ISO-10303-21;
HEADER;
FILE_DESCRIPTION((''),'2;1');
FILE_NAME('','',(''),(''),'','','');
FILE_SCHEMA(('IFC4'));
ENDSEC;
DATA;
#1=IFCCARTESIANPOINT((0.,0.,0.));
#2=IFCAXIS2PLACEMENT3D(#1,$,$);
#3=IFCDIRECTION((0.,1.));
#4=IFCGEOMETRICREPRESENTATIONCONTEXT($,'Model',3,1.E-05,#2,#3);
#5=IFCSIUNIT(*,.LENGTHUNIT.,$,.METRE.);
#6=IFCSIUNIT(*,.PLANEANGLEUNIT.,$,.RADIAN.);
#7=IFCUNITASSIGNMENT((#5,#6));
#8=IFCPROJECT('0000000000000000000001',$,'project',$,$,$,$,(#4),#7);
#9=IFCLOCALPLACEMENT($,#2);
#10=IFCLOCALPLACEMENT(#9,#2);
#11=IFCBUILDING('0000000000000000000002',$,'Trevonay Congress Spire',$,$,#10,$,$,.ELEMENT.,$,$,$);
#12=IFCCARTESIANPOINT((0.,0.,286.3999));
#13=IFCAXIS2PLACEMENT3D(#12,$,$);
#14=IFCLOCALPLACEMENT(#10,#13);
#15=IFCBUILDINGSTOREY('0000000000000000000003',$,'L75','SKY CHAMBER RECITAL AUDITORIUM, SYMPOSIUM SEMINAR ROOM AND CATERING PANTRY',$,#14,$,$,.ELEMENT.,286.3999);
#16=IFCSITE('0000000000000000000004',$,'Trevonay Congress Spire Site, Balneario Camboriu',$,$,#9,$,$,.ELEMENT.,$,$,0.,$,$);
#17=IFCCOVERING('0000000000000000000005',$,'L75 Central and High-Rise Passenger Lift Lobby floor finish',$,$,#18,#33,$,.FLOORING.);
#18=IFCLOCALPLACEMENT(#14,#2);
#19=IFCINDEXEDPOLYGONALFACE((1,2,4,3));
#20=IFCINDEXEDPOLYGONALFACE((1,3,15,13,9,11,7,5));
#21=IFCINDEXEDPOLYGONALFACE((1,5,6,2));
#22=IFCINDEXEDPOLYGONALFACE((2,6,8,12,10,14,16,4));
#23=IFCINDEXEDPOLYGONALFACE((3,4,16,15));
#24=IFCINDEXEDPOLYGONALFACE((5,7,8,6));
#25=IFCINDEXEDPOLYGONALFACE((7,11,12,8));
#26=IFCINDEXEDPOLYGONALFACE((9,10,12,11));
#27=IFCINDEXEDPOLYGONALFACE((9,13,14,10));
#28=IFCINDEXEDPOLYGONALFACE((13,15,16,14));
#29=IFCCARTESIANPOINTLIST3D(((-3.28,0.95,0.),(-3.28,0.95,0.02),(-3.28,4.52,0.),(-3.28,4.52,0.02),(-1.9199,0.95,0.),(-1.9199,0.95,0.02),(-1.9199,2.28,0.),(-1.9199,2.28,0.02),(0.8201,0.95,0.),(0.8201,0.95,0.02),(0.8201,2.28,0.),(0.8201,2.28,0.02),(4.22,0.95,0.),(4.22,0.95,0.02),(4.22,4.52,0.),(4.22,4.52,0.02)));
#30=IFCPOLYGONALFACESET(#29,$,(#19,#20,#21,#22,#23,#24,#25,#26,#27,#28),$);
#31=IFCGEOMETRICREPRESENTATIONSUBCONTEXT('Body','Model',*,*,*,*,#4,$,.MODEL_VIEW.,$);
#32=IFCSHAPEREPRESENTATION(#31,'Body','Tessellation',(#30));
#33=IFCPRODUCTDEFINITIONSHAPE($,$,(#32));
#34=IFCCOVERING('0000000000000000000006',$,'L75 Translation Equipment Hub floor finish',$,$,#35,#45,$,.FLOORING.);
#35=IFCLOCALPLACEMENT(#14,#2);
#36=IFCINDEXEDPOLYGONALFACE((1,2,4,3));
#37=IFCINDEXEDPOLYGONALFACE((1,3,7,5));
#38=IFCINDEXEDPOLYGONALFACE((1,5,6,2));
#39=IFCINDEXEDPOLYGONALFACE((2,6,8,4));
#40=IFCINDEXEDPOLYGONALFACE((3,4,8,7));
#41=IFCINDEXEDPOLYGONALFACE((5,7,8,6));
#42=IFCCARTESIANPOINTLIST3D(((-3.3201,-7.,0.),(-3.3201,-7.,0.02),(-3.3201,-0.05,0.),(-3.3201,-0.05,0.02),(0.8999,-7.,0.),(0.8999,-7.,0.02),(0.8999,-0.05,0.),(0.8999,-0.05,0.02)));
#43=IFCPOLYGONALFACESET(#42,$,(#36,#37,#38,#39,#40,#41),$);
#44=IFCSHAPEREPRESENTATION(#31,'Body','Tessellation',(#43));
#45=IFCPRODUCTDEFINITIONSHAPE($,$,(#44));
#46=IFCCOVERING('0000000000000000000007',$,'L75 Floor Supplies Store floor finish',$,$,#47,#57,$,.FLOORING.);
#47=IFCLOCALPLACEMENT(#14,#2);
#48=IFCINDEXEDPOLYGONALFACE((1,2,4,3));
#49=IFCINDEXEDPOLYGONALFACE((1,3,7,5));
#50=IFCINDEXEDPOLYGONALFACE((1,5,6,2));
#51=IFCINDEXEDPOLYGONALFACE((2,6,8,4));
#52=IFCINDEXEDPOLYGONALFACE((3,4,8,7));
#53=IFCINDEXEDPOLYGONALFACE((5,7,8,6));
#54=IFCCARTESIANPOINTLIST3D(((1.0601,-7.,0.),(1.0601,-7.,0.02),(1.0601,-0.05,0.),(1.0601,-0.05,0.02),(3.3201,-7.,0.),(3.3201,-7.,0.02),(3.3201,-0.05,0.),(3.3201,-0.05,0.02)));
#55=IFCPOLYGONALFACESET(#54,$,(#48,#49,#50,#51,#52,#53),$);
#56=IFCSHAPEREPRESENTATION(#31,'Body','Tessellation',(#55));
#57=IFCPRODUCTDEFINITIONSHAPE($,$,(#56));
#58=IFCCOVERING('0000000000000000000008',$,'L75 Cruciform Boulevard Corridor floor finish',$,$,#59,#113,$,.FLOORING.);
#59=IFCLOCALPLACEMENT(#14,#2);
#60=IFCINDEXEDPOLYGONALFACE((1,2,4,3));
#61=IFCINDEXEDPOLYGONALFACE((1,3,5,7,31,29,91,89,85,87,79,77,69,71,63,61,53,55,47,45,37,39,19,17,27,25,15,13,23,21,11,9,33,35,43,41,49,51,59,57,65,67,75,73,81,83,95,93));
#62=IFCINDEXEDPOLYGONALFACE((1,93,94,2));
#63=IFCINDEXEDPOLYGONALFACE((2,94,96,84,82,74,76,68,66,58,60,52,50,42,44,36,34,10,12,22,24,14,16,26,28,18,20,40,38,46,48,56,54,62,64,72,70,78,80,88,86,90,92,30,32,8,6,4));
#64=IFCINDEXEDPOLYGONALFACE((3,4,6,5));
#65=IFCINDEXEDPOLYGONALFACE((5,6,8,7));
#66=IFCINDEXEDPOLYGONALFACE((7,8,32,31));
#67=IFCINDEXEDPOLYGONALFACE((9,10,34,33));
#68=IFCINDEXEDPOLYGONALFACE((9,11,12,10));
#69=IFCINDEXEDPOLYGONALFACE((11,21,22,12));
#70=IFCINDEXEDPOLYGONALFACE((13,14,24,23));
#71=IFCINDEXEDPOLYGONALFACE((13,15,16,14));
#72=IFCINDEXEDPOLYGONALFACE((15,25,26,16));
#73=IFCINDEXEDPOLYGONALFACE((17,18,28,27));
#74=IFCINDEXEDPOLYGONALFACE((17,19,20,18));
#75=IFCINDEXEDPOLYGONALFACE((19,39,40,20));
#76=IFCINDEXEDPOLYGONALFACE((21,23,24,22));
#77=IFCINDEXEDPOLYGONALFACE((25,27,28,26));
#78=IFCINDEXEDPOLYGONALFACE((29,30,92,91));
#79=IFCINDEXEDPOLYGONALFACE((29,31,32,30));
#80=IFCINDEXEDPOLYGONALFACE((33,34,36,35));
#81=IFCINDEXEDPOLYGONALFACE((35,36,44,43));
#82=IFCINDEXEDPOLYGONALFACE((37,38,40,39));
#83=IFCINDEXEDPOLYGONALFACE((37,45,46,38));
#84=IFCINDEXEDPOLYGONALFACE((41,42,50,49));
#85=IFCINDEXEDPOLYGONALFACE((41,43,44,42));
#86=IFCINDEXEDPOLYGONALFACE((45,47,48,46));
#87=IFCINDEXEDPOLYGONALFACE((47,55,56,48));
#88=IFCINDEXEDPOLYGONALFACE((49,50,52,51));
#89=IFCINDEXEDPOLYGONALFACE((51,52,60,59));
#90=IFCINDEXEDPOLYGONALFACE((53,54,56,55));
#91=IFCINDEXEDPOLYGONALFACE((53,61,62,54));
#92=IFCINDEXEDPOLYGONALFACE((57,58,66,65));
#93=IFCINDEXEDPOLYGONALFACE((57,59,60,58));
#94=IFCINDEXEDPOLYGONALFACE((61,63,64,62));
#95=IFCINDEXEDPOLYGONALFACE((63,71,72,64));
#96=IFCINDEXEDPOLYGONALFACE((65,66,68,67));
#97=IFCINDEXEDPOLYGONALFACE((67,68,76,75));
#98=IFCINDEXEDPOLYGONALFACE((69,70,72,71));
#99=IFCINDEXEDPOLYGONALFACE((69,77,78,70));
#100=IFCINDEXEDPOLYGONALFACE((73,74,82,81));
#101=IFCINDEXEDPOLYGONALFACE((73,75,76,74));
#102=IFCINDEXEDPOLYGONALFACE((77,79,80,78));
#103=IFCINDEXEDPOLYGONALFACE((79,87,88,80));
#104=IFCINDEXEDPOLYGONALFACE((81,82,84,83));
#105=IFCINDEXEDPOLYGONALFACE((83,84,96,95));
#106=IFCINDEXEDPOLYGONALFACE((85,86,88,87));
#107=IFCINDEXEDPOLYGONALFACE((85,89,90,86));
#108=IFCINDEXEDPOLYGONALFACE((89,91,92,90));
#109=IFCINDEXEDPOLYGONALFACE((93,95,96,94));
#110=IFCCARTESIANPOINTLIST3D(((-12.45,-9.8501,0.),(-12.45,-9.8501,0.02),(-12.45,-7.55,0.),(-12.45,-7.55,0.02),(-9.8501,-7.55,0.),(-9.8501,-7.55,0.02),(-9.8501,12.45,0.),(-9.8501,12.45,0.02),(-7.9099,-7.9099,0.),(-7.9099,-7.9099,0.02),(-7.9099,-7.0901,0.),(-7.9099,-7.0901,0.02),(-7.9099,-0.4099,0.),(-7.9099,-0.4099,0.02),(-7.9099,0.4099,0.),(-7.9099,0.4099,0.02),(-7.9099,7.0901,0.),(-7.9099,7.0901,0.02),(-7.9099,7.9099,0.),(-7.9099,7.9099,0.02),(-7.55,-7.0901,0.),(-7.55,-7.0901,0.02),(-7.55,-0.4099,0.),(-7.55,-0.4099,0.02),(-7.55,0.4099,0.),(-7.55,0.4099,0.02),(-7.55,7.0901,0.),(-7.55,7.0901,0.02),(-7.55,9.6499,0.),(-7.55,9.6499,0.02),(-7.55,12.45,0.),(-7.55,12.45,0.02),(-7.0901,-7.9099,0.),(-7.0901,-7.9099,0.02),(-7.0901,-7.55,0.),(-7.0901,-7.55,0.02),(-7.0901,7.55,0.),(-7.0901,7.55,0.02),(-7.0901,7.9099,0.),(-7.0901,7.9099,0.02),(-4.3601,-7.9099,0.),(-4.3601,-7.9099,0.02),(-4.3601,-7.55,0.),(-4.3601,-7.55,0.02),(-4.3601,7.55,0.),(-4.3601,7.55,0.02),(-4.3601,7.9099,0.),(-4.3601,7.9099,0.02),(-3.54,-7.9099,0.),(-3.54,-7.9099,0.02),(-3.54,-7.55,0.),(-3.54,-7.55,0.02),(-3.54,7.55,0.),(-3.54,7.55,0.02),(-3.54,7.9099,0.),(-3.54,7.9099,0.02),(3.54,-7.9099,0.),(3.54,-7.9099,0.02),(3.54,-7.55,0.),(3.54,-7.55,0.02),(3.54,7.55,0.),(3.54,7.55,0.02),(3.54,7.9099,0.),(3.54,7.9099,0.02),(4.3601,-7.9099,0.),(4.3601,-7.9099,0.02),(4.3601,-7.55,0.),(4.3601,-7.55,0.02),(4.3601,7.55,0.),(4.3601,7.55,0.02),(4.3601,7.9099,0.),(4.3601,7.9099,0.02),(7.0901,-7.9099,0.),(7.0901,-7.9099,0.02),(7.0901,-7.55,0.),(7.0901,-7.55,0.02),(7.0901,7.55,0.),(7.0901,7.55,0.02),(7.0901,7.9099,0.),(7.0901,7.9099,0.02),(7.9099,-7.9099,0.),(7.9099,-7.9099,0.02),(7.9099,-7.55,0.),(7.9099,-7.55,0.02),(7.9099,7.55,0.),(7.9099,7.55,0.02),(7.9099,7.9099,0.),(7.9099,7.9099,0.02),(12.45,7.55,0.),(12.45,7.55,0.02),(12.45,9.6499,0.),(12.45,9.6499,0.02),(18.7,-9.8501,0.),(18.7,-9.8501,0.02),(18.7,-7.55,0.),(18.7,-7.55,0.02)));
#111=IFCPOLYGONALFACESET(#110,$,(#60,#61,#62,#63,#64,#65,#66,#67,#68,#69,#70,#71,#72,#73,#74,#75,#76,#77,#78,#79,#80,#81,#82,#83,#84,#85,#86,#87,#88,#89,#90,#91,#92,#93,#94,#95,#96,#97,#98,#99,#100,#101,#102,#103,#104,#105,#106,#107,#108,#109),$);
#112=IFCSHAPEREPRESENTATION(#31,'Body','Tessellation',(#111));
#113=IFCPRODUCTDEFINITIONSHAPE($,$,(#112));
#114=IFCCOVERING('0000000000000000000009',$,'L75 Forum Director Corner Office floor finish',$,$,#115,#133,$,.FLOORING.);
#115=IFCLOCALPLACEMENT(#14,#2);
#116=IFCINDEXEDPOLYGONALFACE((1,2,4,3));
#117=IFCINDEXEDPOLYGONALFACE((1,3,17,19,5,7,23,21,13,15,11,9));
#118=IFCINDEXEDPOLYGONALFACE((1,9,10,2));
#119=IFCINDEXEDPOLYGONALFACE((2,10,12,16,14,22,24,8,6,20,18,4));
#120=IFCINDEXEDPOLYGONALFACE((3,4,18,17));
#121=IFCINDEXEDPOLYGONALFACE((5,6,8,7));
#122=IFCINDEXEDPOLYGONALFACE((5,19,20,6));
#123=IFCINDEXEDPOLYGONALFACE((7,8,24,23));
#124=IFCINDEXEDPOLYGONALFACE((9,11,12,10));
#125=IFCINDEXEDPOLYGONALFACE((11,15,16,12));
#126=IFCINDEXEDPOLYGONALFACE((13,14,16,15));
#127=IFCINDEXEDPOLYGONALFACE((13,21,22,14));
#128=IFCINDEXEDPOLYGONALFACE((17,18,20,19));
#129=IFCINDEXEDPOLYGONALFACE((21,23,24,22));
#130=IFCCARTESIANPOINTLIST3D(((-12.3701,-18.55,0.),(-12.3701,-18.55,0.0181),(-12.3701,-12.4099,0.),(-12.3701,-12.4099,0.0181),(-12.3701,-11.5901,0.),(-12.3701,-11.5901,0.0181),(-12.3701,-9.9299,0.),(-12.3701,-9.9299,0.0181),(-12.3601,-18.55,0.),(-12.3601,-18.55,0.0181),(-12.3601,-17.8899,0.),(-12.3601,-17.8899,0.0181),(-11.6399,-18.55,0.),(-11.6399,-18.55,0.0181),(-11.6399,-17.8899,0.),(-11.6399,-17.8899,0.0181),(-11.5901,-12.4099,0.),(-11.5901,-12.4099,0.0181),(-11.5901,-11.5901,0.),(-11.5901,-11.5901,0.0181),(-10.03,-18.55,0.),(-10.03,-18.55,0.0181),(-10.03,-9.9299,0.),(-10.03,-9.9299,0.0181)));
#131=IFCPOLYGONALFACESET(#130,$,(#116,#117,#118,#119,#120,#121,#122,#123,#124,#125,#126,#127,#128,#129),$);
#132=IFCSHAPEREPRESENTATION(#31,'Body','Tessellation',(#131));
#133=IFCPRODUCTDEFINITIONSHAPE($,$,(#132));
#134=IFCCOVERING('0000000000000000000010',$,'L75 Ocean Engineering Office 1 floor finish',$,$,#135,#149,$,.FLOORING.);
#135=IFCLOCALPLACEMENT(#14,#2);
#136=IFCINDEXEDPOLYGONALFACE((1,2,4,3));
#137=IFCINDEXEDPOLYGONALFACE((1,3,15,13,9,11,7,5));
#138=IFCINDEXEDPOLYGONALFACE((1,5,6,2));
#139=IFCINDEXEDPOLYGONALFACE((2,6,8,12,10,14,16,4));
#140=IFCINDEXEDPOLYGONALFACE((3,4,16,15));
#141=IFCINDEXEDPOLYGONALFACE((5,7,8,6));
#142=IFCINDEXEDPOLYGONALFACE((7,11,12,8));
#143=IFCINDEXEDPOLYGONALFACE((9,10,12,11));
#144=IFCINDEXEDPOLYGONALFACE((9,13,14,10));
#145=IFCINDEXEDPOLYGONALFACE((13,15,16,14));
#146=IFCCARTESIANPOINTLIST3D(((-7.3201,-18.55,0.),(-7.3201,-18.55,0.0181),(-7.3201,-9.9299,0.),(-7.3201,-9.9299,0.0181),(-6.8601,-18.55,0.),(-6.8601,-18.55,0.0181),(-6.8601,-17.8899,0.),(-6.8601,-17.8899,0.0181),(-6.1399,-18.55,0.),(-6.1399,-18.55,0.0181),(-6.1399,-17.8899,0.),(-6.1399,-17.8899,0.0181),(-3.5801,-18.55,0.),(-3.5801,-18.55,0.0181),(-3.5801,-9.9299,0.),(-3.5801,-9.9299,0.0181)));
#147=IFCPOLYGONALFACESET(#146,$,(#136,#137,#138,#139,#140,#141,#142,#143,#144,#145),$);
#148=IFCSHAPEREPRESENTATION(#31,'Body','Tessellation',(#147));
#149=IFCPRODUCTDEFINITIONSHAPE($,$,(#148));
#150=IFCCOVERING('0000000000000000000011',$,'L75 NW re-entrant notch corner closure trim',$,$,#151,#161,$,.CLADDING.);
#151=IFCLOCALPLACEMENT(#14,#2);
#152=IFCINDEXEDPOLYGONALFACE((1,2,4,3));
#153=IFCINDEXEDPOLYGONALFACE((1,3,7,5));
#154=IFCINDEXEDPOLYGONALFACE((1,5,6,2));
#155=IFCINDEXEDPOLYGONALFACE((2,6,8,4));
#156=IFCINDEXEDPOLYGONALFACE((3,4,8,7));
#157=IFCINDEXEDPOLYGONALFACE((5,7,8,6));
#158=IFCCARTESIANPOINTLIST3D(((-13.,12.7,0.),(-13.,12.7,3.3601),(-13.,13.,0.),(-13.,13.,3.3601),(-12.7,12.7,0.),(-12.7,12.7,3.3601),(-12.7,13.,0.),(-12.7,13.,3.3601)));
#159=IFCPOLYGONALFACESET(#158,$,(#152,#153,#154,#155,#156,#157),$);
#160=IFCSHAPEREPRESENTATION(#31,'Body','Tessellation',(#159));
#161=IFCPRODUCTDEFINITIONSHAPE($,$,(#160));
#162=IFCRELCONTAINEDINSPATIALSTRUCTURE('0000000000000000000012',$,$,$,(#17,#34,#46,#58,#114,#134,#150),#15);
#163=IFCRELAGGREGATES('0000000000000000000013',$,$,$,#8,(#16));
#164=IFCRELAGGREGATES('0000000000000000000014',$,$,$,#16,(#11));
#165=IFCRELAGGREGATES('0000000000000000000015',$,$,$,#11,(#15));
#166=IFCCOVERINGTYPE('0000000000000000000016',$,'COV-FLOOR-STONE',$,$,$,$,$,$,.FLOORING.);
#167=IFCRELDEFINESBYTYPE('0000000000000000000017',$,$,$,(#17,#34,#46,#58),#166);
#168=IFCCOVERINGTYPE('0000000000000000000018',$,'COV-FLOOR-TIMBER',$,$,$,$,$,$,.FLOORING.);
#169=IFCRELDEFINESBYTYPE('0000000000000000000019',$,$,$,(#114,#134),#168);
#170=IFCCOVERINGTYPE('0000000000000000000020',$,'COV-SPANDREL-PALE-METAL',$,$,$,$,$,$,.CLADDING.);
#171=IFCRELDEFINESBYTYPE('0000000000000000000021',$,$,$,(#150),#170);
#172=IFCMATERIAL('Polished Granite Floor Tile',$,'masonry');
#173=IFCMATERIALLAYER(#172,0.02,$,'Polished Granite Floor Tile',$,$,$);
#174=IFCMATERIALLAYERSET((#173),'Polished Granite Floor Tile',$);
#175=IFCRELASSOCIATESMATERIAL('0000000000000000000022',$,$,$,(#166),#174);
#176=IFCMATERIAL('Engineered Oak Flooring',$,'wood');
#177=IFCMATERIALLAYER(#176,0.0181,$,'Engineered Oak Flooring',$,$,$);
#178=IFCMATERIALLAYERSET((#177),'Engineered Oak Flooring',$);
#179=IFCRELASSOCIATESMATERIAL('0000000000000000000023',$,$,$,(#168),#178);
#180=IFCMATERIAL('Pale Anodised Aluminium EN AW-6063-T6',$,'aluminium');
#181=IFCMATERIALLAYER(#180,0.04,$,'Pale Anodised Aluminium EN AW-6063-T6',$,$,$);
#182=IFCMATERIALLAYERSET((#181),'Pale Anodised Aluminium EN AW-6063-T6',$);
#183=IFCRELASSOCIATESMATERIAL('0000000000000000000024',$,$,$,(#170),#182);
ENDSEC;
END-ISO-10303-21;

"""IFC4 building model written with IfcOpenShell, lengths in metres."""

from ifc_helpers import new_model, si_unit, direction, frame, origin, place, context, subcontext, project, spatial, polyline, outline, extrude, material, layer, layer_set, type_object, element, save


model = new_model("IFC4")

# Units and contexts
model_context = context("Model", 3, precision=1e-05, world=origin(), true_north=direction((0.0, 1.0)))
body_context = subcontext(model_context, "Body", "Model", "MODEL_VIEW")
ifc_project = project(units=[si_unit("LENGTHUNIT", "METRE"), si_unit("PLANEANGLEUNIT", "RADIAN")], contexts=[model_context])

# Site, building, storey
site_placement = place(None, origin())
site = spatial("IfcSite", under=ifc_project, at=site_placement, Name="Trevonay Congress Spire Site, Balneario Camboriu", CompositionType="ELEMENT", RefElevation=0.0)
building_placement = place(site_placement, origin())
building = spatial("IfcBuilding", under=site, at=building_placement, Name="Trevonay Congress Spire", CompositionType="ELEMENT")
storey_placement = place(building_placement, frame((0.0, 0.0, 286.3999)))
storey = spatial("IfcBuildingStorey", under=building, at=storey_placement, Name="L75", Description="SKY CHAMBER RECITAL AUDITORIUM, SYMPOSIUM SEMINAR ROOM AND CATERING PANTRY", CompositionType="ELEMENT", Elevation=286.3999)

# Shared definitions
ifc_material_1 = material(Name="Pale Anodised Aluminium EN AW-6063-T6", Category="aluminium")

# Coverings
ifc_material_2 = material(Name="Polished Granite Floor Tile", Category="masonry")
ifc_layer_1 = layer(ifc_material_2, 0.02, Name="Polished Granite Floor Tile")
ifc_layer_set_1 = layer_set([ifc_layer_1], Name="Polished Granite Floor Tile")
covering_type_1 = type_object("IfcCoveringType", Name="COV-FLOOR-STONE", PredefinedType="FLOORING", material=ifc_layer_set_1)
covering_1_placement = place(storey_placement, origin())
element("IfcCovering", 1, at=covering_1_placement, inside=storey, type_object=covering_type_1, Name="L75 Central and High-Rise Passenger Lift Lobby floor finish", PredefinedType="FLOORING", context=body_context, shape_type="SweptSolid", body=[
    extrude(outline(polyline([(-3.28, 0.95), (-1.9199, 0.95), (-1.9199, 2.28), (0.8201, 2.28), (0.8201, 0.95), (4.22, 0.95), (4.22, 4.52), (-3.28, 4.52), (-3.28, 0.95)])), origin(), (0.0, 0.0, 1.0), 0.02),
])
covering_2_placement = place(storey_placement, origin())
element("IfcCovering", 2, at=covering_2_placement, inside=storey, type_object=covering_type_1, Name="L75 Translation Equipment Hub floor finish", PredefinedType="FLOORING", context=body_context, shape_type="SweptSolid", body=[
    extrude(outline(polyline([(-3.3201, -7.0), (0.8999, -7.0), (0.8999, -0.05), (-3.3201, -0.05), (-3.3201, -7.0)])), origin(), (0.0, 0.0, 1.0), 0.02),
])
covering_3_placement = place(storey_placement, origin())
element("IfcCovering", 3, at=covering_3_placement, inside=storey, type_object=covering_type_1, Name="L75 Floor Supplies Store floor finish", PredefinedType="FLOORING", context=body_context, shape_type="SweptSolid", body=[
    extrude(outline(polyline([(1.0601, -7.0), (3.3201, -7.0), (3.3201, -0.05), (1.0601, -0.05), (1.0601, -7.0)])), origin(), (0.0, 0.0, 1.0), 0.02),
])
covering_4_placement = place(storey_placement, origin())
element("IfcCovering", 4, at=covering_4_placement, inside=storey, type_object=covering_type_1, Name="L75 Cruciform Boulevard Corridor floor finish", PredefinedType="FLOORING", context=body_context, shape_type="SweptSolid", body=[
    extrude(outline(polyline([(18.7, -7.55), (18.7, -9.8501), (-12.45, -9.8501), (-12.45, -7.55), (-9.8501, -7.55), (-9.8501, 12.45), (-7.55, 12.45), (-7.55, 9.6499), (12.45, 9.6499), (12.45, 7.55), (7.9099, 7.55), (7.9099, 7.9099), (7.0901, 7.9099), (7.0901, 7.55), (4.3601, 7.55), (4.3601, 7.9099), (3.54, 7.9099), (3.54, 7.55), (-3.54, 7.55), (-3.54, 7.9099), (-4.3601, 7.9099), (-4.3601, 7.55), (-7.0901, 7.55), (-7.0901, 7.9099), (-7.9099, 7.9099), (-7.9099, 7.0901), (-7.55, 7.0901), (-7.55, 0.4099), (-7.9099, 0.4099), (-7.9099, -0.4099), (-7.55, -0.4099), (-7.55, -7.0901), (-7.9099, -7.0901), (-7.9099, -7.9099), (-7.0901, -7.9099), (-7.0901, -7.55), (-4.3601, -7.55), (-4.3601, -7.9099), (-3.54, -7.9099), (-3.54, -7.55), (3.54, -7.55), (3.54, -7.9099), (4.3601, -7.9099), (4.3601, -7.55), (7.0901, -7.55), (7.0901, -7.9099), (7.9099, -7.9099), (7.9099, -7.55), (18.7, -7.55)])), origin(), (0.0, 0.0, 1.0), 0.02),
])
ifc_material_3 = material(Name="Engineered Oak Flooring", Category="wood")
ifc_layer_2 = layer(ifc_material_3, 0.0181, Name="Engineered Oak Flooring")
ifc_layer_set_2 = layer_set([ifc_layer_2], Name="Engineered Oak Flooring")
covering_type_2 = type_object("IfcCoveringType", Name="COV-FLOOR-TIMBER", PredefinedType="FLOORING", material=ifc_layer_set_2)
covering_5_placement = place(storey_placement, origin())
element("IfcCovering", 5, at=covering_5_placement, inside=storey, type_object=covering_type_2, Name="L75 Forum Director Corner Office floor finish", PredefinedType="FLOORING", context=body_context, shape_type="SweptSolid", body=[
    extrude(outline(polyline([(-12.3701, -18.55), (-12.3701, -12.4099), (-11.5901, -12.4099), (-11.5901, -11.5901), (-12.3701, -11.5901), (-12.3701, -9.9299), (-10.03, -9.9299), (-10.03, -18.55), (-11.6399, -18.55), (-11.6399, -17.8899), (-12.3601, -17.8899), (-12.3601, -18.55), (-12.3701, -18.55)])), origin(), (0.0, 0.0, 1.0), 0.0181),
])
covering_6_placement = place(storey_placement, origin())
element("IfcCovering", 6, at=covering_6_placement, inside=storey, type_object=covering_type_2, Name="L75 Ocean Engineering Office 1 floor finish", PredefinedType="FLOORING", context=body_context, shape_type="SweptSolid", body=[
    extrude(outline(polyline([(-7.3201, -18.55), (-7.3201, -9.9299), (-3.5801, -9.9299), (-3.5801, -18.55), (-6.1399, -18.55), (-6.1399, -17.8899), (-6.8601, -17.8899), (-6.8601, -18.55), (-7.3201, -18.55)])), origin(), (0.0, 0.0, 1.0), 0.0181),
])
ifc_layer_3 = layer(ifc_material_1, 0.04, Name="Pale Anodised Aluminium EN AW-6063-T6")
ifc_layer_set_3 = layer_set([ifc_layer_3], Name="Pale Anodised Aluminium EN AW-6063-T6")
covering_type_3 = type_object("IfcCoveringType", Name="COV-SPANDREL-PALE-METAL", PredefinedType="CLADDING", material=ifc_layer_set_3)
covering_7_placement = place(storey_placement, origin())
element("IfcCovering", 7, at=covering_7_placement, inside=storey, type_object=covering_type_3, Name="L75 NW re-entrant notch corner closure trim", PredefinedType="CLADDING", context=body_context, shape_type="SweptSolid", body=[
    extrude(outline(polyline([(-13.0, 12.7), (-12.7, 12.7), (-12.7, 13.0), (-13.0, 13.0), (-13.0, 12.7)])), origin(), (0.0, 0.0, 1.0), 3.3601),
])

save(model, "model.ifc")
